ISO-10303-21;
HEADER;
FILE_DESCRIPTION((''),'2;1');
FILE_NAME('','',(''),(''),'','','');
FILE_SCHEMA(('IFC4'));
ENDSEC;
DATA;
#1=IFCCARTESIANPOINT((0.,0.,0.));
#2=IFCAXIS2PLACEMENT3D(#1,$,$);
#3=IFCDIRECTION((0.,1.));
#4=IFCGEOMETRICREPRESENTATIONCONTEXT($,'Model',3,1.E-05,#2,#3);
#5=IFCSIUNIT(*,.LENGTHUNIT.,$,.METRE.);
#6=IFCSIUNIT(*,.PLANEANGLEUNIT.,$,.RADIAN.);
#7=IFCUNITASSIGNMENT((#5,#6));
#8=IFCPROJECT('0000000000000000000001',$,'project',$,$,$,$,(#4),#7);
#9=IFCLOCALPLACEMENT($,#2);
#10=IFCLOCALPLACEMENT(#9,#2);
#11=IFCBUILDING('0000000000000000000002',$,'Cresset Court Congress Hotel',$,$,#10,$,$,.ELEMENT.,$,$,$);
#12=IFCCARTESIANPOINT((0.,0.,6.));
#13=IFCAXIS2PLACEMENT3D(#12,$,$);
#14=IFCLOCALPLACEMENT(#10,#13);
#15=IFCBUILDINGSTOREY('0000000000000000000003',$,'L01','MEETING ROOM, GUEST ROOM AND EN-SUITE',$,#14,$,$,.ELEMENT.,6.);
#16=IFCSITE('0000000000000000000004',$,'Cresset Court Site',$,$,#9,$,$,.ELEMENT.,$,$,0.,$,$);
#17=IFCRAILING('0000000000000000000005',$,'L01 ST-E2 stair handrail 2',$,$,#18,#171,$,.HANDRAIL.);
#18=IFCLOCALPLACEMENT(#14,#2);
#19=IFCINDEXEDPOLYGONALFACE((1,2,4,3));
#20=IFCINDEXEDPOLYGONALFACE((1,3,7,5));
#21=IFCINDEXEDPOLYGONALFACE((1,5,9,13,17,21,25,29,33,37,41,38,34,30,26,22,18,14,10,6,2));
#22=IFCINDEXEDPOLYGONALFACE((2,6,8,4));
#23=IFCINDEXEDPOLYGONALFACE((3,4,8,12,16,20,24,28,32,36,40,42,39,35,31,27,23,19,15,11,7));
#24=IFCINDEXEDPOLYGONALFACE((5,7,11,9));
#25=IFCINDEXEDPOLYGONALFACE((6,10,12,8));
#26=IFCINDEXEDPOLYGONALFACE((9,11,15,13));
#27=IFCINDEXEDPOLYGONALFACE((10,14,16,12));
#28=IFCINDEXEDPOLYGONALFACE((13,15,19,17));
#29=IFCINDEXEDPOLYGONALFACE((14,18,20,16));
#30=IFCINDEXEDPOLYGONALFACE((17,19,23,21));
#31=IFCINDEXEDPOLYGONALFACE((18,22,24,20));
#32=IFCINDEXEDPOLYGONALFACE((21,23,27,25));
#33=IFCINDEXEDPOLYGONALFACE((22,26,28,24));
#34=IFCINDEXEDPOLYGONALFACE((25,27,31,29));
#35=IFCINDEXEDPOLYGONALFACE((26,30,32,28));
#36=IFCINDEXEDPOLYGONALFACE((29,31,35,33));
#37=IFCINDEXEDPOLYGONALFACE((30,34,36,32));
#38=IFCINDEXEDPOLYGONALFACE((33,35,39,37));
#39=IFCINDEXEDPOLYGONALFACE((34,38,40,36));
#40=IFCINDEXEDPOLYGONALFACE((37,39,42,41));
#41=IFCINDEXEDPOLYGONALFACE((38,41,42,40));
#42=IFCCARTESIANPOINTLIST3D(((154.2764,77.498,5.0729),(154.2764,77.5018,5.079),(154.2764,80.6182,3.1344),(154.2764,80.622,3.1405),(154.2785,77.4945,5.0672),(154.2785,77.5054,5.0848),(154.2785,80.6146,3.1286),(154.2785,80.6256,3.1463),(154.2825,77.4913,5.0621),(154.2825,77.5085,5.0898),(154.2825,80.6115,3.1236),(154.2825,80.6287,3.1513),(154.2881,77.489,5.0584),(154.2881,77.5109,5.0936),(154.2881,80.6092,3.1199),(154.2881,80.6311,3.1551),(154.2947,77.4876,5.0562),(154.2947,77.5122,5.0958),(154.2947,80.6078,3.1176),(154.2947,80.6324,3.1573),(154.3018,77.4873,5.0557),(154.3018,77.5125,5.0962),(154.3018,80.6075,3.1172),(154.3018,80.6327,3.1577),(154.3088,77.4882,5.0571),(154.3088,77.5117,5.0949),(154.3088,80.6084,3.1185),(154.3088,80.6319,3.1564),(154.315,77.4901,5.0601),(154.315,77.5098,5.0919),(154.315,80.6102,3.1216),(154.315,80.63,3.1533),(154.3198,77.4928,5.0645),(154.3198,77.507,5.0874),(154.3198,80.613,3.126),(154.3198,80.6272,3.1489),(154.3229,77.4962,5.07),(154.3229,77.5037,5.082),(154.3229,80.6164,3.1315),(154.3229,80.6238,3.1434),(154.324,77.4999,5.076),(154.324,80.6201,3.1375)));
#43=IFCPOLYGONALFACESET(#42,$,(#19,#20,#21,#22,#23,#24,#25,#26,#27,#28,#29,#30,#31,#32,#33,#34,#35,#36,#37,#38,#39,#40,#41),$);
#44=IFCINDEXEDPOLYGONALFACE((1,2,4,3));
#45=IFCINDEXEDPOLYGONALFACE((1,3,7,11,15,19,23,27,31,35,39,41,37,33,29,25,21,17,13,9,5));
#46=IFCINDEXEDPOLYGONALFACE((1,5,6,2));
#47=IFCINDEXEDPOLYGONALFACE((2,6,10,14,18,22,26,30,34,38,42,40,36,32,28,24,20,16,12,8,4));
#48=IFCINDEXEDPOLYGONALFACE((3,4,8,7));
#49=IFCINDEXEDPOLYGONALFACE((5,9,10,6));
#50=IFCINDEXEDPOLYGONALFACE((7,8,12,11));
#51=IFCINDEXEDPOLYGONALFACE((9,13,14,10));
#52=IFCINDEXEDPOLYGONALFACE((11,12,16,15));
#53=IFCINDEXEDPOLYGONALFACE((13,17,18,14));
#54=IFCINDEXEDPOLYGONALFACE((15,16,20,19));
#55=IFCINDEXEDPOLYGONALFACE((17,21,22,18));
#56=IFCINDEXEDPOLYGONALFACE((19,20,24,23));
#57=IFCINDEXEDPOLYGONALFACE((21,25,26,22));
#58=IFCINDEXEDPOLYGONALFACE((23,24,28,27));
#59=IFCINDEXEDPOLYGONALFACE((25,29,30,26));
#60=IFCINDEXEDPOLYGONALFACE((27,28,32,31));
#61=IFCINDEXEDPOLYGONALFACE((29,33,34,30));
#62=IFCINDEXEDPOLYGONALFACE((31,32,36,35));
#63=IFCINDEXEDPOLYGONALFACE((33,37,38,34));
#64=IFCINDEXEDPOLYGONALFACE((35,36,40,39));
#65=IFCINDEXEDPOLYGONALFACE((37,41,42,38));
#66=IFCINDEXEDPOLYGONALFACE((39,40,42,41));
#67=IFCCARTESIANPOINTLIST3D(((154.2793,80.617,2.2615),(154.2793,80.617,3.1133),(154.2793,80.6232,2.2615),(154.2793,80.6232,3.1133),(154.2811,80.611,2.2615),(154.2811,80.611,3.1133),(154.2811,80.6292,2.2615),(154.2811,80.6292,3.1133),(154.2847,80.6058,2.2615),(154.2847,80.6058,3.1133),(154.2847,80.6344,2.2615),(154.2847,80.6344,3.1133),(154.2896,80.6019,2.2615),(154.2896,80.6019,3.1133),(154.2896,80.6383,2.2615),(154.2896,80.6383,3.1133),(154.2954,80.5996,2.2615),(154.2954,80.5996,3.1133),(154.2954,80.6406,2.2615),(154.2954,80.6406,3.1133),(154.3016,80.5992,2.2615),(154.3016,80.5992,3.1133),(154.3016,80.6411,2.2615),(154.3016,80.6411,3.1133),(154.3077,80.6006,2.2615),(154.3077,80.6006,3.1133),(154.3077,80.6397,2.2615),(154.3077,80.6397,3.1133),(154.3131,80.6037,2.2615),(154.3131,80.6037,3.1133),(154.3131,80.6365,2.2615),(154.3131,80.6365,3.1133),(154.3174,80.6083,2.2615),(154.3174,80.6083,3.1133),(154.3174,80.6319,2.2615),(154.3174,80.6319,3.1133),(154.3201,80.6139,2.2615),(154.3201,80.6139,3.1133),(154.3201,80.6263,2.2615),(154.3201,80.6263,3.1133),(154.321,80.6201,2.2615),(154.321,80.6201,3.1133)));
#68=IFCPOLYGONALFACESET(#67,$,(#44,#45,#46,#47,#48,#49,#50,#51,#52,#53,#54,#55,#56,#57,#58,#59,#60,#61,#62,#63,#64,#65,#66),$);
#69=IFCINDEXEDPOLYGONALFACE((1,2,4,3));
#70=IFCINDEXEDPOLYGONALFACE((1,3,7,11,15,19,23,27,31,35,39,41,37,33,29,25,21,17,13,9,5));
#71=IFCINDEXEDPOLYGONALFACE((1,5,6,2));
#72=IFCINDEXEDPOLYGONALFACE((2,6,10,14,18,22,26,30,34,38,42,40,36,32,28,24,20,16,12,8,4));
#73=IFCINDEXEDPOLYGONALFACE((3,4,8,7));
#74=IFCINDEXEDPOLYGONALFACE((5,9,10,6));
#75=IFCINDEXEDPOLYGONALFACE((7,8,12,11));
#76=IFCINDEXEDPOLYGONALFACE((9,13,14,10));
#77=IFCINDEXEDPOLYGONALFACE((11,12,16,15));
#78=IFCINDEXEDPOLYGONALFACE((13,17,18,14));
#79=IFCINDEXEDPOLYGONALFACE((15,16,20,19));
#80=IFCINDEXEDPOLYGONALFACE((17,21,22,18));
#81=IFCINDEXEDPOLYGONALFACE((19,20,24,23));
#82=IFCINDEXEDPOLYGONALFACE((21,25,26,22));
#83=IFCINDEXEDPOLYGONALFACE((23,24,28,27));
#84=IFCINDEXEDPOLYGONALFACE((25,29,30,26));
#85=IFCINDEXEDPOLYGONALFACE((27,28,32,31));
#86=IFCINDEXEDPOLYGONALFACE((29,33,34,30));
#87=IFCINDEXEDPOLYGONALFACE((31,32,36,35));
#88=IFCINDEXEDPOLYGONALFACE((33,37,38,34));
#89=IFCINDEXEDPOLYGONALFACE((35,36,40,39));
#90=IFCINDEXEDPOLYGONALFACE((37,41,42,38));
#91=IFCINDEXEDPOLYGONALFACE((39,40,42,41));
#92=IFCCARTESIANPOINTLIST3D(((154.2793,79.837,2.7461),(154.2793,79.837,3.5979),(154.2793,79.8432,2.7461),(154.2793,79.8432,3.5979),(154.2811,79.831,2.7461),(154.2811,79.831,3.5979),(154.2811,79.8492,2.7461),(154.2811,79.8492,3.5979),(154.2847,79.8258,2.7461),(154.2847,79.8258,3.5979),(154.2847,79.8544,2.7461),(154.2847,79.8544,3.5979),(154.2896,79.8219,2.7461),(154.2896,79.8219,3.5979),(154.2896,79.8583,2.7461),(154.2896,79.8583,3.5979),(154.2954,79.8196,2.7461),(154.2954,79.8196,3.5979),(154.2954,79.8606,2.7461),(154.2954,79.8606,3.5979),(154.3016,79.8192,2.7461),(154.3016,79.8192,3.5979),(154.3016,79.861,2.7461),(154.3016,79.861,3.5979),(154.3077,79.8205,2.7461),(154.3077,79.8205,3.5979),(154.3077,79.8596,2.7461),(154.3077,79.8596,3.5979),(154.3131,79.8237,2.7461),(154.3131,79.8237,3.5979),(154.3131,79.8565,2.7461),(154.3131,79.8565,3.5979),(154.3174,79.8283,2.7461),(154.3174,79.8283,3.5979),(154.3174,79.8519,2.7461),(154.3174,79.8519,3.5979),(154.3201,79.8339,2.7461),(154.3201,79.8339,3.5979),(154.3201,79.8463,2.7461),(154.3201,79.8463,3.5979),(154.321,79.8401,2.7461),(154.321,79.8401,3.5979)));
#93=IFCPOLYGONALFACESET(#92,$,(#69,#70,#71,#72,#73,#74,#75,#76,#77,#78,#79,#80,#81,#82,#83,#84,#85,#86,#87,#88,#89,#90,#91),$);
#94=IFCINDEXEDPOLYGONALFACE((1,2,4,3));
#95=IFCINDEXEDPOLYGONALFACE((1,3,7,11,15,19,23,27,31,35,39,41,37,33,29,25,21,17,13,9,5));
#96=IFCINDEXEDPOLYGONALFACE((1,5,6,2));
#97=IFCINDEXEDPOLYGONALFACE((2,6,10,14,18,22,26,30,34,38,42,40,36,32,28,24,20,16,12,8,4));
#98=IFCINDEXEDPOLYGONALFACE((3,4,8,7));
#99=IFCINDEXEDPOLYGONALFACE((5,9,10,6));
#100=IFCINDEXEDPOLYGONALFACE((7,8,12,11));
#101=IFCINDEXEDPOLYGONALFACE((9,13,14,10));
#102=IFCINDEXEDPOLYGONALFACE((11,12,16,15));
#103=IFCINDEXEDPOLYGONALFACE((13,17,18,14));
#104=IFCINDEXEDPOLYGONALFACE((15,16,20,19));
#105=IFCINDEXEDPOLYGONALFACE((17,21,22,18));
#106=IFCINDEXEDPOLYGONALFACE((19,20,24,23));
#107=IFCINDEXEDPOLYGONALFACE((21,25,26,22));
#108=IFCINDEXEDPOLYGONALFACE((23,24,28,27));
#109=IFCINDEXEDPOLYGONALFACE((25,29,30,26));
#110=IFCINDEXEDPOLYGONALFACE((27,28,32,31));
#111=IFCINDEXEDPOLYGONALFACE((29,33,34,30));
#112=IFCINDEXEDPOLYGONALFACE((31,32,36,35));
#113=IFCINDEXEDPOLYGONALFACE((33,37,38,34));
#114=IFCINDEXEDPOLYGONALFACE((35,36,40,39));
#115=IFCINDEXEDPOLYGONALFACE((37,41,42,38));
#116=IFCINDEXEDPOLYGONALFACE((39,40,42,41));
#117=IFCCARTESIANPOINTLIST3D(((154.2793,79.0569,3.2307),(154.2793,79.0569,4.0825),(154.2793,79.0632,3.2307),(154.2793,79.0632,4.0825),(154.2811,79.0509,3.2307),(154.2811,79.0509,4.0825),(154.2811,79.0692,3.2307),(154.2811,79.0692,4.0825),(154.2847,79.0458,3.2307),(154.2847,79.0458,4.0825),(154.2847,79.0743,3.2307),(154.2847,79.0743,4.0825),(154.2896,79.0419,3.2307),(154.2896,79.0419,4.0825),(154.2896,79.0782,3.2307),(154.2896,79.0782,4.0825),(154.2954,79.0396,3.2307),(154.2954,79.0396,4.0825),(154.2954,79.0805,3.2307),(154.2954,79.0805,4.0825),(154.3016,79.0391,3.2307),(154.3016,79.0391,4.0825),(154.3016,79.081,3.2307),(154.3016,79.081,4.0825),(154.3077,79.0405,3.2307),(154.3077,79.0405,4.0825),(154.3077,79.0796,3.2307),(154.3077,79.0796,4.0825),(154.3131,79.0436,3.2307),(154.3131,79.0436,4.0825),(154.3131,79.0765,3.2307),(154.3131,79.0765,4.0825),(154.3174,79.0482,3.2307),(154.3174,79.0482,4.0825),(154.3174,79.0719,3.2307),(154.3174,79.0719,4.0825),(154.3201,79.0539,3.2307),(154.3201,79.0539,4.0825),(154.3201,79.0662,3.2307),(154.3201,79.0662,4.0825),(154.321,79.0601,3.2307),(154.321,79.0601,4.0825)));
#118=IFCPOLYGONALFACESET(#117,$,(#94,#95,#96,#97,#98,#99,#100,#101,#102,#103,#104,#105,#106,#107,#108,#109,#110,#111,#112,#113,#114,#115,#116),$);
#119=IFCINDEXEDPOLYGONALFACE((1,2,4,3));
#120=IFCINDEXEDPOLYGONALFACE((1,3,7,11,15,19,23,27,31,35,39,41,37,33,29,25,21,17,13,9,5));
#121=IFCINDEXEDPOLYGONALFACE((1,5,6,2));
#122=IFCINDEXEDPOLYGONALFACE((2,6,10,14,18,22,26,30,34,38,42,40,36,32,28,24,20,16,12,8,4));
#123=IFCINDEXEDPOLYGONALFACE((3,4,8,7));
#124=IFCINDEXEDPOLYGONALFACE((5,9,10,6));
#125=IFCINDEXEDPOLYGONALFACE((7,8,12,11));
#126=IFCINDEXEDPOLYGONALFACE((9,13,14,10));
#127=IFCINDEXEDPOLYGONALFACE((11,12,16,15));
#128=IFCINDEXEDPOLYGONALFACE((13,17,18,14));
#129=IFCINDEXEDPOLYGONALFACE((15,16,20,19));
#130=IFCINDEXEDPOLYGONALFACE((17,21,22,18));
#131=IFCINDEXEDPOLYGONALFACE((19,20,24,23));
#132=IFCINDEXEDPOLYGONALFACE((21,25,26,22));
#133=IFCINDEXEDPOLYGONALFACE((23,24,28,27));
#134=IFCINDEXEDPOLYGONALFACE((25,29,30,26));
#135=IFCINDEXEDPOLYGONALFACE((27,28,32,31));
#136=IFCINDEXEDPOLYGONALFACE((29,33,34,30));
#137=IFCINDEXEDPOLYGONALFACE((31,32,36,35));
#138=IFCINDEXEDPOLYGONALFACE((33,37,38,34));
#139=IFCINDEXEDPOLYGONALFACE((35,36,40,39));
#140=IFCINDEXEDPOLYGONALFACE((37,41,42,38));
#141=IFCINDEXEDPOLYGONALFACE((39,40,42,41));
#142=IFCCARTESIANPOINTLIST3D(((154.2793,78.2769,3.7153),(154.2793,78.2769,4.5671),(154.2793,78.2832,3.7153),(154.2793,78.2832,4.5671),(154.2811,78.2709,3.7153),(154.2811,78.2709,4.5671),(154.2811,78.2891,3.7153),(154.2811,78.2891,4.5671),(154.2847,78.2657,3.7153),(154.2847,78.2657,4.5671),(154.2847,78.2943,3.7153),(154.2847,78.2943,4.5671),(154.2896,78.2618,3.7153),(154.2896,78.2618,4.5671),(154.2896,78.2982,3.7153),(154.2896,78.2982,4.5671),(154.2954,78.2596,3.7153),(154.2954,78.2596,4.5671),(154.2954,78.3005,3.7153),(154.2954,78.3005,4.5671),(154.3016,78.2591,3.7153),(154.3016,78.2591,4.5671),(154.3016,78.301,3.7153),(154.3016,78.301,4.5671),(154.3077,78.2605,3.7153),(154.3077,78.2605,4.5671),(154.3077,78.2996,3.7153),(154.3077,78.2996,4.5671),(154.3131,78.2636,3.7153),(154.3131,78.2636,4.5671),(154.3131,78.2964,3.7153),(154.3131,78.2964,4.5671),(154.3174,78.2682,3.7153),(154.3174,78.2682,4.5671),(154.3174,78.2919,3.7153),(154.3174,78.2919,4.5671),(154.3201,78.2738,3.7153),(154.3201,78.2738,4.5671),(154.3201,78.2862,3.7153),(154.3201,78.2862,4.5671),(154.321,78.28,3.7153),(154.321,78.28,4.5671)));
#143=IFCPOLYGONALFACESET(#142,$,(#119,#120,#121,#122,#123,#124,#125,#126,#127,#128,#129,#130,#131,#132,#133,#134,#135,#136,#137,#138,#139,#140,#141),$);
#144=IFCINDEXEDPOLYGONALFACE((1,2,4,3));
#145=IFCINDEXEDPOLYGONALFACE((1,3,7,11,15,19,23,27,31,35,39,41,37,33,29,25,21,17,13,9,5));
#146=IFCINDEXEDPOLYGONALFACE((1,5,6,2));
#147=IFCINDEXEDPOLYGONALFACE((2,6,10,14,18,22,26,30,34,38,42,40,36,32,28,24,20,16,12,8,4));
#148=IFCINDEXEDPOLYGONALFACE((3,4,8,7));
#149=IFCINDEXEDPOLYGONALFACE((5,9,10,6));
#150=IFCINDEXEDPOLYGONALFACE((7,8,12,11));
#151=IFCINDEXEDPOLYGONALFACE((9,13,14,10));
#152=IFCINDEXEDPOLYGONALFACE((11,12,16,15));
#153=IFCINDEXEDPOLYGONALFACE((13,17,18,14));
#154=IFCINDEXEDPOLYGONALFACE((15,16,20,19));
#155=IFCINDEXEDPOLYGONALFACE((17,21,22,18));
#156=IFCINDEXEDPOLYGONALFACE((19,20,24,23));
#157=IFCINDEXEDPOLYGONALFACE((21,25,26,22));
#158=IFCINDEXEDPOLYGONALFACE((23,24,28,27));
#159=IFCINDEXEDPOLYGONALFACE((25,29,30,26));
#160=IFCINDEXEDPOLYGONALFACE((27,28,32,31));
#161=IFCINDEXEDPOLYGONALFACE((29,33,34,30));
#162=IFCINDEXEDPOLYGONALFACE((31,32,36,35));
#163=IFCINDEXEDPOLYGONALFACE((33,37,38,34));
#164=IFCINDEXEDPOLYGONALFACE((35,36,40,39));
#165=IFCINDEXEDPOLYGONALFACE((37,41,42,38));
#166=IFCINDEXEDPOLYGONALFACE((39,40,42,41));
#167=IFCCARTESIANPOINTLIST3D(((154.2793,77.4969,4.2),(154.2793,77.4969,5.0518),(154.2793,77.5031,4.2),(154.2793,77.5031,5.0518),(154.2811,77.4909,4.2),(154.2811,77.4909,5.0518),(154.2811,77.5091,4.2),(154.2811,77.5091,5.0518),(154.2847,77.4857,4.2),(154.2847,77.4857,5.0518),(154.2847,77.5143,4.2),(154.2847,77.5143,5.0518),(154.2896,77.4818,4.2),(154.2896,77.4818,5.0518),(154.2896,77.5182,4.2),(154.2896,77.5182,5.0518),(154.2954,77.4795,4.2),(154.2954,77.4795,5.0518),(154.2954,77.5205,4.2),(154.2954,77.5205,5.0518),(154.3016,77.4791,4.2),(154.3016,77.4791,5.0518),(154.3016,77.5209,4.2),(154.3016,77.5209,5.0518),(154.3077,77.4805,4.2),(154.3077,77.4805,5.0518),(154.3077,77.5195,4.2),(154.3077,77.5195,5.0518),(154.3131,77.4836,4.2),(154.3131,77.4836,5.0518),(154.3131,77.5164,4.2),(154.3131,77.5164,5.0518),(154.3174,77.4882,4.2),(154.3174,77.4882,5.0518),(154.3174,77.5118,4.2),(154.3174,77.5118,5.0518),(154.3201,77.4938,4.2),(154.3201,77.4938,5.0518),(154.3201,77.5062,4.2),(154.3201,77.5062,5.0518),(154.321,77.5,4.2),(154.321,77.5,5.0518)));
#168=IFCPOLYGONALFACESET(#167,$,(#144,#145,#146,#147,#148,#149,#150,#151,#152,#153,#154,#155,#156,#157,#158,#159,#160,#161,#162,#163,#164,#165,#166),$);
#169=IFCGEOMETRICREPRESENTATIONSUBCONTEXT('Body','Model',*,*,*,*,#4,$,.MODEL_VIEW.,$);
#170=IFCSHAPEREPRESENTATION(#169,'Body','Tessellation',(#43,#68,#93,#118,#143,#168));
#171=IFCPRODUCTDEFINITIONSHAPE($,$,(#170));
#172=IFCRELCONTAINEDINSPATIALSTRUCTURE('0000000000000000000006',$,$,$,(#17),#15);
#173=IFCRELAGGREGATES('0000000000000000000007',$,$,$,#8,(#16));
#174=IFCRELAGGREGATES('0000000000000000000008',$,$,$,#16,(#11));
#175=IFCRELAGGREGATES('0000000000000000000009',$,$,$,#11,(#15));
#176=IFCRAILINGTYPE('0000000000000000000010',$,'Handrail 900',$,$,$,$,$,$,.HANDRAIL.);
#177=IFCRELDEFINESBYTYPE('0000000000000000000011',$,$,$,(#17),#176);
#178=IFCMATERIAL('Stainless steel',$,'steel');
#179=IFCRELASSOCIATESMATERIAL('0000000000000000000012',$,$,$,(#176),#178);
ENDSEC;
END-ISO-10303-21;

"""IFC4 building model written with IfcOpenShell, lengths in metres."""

from ifc_helpers import new_model, si_unit, direction, frame, origin, origin_2d, place, context, subcontext, project, spatial, circle, extrude, material, type_object, element, save


model = new_model("IFC4")

# Units and contexts
model_context = context("Model", 3, precision=1e-05, world=origin(), true_north=direction((0.0, 1.0)))
body_context = subcontext(model_context, "Body", "Model", "MODEL_VIEW")
ifc_project = project(units=[si_unit("LENGTHUNIT", "METRE"), si_unit("PLANEANGLEUNIT", "RADIAN")], contexts=[model_context])

# Site, building, storey
site_placement = place(None, origin())
site = spatial("IfcSite", under=ifc_project, at=site_placement, Name="Cresset Court Site", CompositionType="ELEMENT", RefElevation=0.0)
building_placement = place(site_placement, origin())
building = spatial("IfcBuilding", under=site, at=building_placement, Name="Cresset Court Congress Hotel", CompositionType="ELEMENT")
storey_placement = place(building_placement, frame((0.0, 0.0, 6.0)))
storey = spatial("IfcBuildingStorey", under=building, at=storey_placement, Name="L01", Description="MEETING ROOM, GUEST ROOM AND EN-SUITE", CompositionType="ELEMENT", Elevation=6.0)

# Railing
ifc_material_1 = material(Name="Stainless steel", Category="steel")
railing_type_1 = type_object("IfcRailingType", Name="Handrail 900", PredefinedType="HANDRAIL", material=ifc_material_1)
railing_1_placement = place(storey_placement, frame((154.3, 80.6201, 2.2615)))
element("IfcRailing", 1, at=railing_1_placement, inside=storey, type_object=railing_type_1, Name="L01 ST-E2 stair handrail 2", PredefinedType="HANDRAIL", context=body_context, shape_type="SweptSolid", body=[
    extrude(circle(Radius=0.0239, at=origin_2d()), frame((0.0, 0.0, 0.876), z_axis=(0.0, -0.849414, 0.527727), x_axis=(1.0, 0.0, 0.0)), (0.0, 0.0, 1.0), 3.6733),
    extrude(circle(Radius=0.021, at=origin_2d()), origin(), (0.0, 0.0, 1.0), 0.8518),
    extrude(circle(Radius=0.021, at=origin_2d()), frame((0.0, -0.78, 0.4846)), (0.0, 0.0, 1.0), 0.8518),
    extrude(circle(Radius=0.021, at=origin_2d()), frame((0.0, -1.5601, 0.9692)), (0.0, 0.0, 1.0), 0.8518),
    extrude(circle(Radius=0.021, at=origin_2d()), frame((0.0, -2.3401, 1.4539)), (0.0, 0.0, 1.0), 0.8518),
    extrude(circle(Radius=0.021, at=origin_2d()), frame((0.0, -3.1201, 1.9385)), (0.0, 0.0, 1.0), 0.8518),
])

save(model, "model.ifc")
